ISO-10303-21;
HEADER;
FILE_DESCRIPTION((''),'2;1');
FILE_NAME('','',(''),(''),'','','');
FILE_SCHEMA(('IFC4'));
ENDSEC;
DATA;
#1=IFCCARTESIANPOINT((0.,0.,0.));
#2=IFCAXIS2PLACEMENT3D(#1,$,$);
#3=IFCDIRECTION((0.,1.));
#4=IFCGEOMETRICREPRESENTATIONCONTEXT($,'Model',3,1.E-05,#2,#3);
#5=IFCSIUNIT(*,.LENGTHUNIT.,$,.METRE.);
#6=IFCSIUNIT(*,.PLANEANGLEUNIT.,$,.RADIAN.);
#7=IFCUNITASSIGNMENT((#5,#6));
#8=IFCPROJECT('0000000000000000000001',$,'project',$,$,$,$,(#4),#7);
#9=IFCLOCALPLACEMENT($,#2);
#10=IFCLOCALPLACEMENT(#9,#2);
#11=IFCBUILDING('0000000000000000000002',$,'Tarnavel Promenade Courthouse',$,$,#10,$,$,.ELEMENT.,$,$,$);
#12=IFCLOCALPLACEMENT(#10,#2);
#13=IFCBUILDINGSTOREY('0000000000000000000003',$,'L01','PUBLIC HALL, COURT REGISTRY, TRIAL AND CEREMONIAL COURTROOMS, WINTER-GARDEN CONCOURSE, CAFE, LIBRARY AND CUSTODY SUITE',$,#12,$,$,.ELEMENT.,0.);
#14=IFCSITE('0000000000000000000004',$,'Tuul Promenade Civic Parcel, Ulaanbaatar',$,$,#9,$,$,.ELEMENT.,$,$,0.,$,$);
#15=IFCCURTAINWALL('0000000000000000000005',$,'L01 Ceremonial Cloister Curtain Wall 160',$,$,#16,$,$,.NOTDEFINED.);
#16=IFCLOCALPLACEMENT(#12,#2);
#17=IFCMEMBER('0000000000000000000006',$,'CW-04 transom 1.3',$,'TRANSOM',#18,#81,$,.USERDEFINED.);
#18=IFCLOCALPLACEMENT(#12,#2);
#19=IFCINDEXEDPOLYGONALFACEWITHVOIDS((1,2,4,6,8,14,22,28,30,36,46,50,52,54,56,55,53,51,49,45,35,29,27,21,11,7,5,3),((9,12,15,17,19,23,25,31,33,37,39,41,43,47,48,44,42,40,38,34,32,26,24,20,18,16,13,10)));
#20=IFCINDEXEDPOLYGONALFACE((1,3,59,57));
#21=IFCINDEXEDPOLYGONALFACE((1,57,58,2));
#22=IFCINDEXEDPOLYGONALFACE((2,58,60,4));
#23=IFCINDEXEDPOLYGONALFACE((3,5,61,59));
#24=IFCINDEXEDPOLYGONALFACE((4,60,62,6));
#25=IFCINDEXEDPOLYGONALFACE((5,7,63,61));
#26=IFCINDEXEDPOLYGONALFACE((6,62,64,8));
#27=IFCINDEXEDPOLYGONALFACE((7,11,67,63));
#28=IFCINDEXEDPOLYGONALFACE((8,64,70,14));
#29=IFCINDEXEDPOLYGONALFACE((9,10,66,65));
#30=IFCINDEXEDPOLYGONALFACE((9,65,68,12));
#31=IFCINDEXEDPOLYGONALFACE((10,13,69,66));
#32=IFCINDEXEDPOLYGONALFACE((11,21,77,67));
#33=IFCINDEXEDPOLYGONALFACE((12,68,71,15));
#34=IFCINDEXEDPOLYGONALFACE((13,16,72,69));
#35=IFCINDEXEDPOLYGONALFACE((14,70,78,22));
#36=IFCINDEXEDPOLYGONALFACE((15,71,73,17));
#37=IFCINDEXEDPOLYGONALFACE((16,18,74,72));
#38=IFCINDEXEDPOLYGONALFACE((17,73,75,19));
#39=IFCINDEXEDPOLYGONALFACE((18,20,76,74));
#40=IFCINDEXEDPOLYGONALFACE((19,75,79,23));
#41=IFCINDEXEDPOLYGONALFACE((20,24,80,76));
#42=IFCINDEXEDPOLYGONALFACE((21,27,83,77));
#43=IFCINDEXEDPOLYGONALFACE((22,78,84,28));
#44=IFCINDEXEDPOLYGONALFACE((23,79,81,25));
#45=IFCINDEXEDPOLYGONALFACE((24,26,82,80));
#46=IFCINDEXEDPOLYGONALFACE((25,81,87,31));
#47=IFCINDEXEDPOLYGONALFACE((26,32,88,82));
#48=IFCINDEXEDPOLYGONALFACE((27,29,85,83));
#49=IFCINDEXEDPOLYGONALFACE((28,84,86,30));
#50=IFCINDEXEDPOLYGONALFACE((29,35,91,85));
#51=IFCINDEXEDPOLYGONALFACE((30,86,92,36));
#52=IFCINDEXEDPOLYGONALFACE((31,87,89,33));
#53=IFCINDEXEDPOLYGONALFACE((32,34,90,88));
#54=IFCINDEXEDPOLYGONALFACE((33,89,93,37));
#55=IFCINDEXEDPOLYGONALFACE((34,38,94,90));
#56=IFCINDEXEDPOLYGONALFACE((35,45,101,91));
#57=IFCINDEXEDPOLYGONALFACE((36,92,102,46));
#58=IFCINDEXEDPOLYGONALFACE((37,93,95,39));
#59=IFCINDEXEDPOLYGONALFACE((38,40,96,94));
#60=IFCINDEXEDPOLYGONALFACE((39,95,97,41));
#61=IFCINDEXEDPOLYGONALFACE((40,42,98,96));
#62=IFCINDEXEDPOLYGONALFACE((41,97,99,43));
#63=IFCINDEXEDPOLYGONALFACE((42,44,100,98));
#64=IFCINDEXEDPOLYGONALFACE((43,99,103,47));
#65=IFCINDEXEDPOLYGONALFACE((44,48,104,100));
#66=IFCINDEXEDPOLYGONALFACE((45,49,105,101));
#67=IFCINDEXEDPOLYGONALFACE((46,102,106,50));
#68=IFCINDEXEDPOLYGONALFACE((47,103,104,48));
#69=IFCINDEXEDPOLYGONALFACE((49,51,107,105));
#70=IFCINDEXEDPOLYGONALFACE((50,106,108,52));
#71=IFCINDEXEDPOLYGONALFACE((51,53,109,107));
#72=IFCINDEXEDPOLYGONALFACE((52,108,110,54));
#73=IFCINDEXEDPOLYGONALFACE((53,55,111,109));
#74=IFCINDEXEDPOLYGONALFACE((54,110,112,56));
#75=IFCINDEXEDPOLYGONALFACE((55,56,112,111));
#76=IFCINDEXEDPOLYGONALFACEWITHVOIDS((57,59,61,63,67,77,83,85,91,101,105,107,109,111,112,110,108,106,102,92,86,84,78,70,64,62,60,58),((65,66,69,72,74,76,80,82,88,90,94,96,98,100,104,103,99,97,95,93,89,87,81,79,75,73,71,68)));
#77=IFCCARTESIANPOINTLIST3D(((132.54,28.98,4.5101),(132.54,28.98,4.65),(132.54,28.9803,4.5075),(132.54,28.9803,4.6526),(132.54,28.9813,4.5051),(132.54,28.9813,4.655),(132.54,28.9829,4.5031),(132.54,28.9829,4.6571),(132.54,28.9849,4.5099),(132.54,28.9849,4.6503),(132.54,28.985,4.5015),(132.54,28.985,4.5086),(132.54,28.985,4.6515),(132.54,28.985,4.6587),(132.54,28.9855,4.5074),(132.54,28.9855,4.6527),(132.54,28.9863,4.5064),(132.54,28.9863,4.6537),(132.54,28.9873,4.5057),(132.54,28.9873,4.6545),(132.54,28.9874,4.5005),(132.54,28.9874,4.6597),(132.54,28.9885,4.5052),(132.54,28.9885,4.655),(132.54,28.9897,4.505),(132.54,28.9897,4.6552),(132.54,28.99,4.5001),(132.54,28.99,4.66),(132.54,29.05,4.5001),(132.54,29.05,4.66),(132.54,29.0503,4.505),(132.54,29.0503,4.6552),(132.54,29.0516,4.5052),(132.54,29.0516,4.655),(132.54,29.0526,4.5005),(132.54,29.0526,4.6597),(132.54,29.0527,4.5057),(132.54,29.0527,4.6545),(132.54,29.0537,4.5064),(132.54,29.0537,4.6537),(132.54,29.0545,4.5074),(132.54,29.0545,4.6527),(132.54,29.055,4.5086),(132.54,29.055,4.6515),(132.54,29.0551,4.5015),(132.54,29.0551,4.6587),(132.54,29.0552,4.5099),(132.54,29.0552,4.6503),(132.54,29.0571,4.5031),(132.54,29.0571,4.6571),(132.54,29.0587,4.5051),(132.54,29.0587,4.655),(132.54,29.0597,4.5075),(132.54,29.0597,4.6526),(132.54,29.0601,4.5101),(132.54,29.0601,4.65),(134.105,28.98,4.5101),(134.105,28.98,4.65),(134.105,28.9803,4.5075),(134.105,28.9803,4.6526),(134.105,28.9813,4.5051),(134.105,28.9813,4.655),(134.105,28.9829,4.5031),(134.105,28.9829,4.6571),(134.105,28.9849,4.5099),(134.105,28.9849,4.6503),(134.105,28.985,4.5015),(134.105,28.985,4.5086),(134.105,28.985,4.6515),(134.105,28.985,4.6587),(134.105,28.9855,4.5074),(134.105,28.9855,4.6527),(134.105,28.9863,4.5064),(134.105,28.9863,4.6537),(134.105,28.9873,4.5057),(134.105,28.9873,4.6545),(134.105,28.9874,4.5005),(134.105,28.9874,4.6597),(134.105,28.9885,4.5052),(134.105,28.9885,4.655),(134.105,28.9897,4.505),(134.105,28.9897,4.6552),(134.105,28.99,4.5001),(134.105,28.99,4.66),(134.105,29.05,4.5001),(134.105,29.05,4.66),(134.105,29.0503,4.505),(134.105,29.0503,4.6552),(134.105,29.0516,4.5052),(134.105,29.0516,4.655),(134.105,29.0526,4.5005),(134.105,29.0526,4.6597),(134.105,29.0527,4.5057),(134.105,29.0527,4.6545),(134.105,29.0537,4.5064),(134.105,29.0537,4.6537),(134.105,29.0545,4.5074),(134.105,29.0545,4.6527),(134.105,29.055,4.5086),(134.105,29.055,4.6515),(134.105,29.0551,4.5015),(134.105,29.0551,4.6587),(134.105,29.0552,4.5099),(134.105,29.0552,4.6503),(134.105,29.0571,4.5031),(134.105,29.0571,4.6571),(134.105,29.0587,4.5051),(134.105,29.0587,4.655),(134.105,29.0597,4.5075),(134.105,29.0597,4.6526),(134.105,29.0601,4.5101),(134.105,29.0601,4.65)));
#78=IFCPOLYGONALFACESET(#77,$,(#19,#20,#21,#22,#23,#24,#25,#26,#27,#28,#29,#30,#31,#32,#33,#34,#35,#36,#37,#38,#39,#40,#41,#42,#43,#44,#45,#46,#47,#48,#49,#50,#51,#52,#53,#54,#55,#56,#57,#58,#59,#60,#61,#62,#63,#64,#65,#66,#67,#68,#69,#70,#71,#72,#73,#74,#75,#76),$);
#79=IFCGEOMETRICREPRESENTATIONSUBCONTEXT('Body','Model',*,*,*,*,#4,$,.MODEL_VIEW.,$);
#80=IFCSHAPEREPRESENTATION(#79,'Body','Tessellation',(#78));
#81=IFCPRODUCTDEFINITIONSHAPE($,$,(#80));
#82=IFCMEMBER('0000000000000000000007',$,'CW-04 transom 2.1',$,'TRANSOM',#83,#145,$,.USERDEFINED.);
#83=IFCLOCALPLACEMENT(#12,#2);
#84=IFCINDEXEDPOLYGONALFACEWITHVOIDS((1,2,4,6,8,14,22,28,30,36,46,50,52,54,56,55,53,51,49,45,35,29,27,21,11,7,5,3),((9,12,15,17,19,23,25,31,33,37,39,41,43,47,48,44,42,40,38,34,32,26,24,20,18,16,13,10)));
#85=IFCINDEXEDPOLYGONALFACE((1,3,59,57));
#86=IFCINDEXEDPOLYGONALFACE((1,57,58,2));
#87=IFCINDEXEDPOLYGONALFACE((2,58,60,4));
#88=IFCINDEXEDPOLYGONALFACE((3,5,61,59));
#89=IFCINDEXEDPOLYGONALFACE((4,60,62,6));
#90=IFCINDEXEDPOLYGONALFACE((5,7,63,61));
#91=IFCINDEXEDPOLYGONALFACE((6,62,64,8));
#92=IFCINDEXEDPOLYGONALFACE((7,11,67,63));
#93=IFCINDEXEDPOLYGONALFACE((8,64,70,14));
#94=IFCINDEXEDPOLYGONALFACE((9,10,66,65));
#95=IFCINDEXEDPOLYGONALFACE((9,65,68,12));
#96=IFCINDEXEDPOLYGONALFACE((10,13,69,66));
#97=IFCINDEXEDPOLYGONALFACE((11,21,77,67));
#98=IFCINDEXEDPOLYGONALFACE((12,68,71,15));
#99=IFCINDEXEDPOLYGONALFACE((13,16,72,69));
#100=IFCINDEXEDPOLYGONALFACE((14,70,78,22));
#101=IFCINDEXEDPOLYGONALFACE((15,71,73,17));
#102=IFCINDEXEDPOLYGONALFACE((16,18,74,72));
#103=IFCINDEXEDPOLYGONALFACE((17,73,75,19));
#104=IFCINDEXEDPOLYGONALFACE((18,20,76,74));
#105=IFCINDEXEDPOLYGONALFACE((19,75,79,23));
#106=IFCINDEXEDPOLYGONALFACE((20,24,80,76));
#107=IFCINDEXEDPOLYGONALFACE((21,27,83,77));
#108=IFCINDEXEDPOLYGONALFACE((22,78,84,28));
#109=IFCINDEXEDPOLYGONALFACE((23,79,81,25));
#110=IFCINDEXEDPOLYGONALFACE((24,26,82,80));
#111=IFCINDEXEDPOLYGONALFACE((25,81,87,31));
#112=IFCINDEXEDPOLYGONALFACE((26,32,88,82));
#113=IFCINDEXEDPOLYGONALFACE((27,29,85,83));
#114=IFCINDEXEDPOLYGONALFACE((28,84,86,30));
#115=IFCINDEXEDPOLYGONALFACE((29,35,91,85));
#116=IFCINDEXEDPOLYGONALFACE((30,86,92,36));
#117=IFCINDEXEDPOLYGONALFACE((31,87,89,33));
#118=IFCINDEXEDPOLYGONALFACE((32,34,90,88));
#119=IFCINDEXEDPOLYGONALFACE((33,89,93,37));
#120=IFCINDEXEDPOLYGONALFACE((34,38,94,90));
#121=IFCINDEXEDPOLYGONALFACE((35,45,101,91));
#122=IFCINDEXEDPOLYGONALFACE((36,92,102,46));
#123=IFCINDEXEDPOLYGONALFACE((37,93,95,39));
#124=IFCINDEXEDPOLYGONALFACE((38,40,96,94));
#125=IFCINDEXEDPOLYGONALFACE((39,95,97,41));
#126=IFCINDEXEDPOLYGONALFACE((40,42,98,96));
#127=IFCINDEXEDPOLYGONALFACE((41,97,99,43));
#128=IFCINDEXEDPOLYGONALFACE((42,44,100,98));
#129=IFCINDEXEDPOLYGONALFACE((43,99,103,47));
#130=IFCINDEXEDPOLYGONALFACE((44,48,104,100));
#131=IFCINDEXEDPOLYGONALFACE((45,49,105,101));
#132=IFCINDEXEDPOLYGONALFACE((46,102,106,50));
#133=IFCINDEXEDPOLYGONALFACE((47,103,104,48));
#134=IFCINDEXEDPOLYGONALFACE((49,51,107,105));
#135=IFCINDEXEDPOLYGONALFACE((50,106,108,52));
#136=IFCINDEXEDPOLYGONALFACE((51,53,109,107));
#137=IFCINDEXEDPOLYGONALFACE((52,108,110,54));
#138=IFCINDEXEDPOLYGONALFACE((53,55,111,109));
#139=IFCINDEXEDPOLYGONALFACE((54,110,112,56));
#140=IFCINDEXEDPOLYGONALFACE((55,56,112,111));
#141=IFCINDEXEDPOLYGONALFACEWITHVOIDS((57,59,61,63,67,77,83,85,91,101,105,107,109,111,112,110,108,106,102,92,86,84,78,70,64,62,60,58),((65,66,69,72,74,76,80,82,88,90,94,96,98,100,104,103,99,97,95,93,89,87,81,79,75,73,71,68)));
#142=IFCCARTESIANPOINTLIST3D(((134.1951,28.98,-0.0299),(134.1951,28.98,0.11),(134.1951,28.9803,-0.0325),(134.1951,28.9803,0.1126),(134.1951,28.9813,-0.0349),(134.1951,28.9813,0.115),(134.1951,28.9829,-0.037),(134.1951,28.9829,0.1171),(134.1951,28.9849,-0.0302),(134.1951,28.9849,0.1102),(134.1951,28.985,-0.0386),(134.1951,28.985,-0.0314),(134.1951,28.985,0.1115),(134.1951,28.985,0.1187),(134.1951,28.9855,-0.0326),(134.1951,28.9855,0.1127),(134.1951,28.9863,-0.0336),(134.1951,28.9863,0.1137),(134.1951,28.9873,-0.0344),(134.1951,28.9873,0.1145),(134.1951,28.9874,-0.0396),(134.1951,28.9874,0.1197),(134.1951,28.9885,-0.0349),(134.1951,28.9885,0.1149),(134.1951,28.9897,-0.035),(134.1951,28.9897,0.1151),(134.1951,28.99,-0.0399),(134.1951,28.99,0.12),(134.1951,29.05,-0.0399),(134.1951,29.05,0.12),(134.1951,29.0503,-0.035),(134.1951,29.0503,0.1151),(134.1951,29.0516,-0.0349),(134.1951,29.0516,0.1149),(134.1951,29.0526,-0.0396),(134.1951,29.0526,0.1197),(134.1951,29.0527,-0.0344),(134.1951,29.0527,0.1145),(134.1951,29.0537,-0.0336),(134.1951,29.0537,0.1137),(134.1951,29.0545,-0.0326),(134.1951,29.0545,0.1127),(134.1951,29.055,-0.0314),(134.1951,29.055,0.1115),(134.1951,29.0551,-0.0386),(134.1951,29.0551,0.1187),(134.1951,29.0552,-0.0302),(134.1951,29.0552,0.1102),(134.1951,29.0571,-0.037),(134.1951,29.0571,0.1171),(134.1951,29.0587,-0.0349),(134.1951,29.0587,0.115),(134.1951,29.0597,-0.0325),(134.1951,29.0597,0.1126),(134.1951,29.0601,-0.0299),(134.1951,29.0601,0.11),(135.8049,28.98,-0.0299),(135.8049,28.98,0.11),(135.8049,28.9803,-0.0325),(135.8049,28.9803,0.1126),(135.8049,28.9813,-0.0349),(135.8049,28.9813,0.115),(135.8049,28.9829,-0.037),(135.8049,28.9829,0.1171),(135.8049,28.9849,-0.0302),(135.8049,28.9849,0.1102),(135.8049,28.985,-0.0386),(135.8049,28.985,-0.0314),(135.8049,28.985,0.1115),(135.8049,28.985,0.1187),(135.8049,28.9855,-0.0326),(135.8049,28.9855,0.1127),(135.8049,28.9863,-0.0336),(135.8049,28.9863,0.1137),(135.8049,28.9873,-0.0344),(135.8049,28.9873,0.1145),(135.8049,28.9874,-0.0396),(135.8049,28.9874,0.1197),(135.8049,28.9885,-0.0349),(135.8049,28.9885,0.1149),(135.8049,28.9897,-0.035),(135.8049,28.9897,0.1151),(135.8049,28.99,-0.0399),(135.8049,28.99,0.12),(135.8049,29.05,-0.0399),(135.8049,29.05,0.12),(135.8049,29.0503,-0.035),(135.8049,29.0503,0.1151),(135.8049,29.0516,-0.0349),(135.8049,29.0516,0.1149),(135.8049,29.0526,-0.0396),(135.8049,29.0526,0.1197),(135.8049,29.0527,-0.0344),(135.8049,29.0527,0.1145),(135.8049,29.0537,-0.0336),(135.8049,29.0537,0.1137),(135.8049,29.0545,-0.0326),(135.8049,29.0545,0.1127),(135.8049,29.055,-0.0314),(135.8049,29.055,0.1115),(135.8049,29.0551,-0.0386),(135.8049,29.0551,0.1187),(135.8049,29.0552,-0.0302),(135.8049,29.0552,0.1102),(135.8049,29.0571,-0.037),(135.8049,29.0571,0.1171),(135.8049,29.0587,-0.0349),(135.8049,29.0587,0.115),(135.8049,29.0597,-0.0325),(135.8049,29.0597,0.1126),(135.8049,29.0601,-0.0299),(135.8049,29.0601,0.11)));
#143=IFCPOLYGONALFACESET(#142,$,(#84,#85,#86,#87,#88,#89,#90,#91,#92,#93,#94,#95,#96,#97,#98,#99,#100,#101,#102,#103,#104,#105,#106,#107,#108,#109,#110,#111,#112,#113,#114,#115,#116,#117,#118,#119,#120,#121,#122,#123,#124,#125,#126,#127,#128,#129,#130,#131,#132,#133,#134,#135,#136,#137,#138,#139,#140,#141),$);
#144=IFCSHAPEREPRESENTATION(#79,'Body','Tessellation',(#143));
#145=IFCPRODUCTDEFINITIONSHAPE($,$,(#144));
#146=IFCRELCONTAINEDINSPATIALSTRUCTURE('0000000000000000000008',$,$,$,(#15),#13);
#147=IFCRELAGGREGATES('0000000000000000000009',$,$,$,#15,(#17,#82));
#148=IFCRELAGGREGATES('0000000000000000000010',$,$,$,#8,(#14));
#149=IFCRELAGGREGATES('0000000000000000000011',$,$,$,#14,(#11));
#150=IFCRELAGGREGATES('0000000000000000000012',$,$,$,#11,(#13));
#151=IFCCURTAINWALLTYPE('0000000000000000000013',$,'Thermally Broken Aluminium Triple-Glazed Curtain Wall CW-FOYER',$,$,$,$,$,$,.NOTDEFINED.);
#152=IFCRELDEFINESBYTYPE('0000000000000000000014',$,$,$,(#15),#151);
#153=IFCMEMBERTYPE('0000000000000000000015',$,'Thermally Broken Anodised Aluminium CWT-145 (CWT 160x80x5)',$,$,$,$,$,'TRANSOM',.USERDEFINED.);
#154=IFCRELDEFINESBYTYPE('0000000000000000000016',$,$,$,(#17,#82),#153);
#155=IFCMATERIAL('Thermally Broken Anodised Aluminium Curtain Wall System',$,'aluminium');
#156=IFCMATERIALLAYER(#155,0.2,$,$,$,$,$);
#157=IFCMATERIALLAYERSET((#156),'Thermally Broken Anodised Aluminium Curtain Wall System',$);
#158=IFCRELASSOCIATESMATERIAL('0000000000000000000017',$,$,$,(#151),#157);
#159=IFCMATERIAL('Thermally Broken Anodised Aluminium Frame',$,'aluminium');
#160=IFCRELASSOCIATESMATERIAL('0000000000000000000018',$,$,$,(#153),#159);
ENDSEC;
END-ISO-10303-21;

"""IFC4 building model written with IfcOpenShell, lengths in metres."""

from ifc_helpers import new_model, si_unit, direction, frame, origin, origin_2d, place, context, subcontext, project, spatial, hollow_rectangle, extrude, material, layer, layer_set, material_profile, profile_set, type_object, element, aggregate, save


model = new_model("IFC4")

# Units and contexts
model_context = context("Model", 3, precision=1e-05, world=origin(), true_north=direction((0.0, 1.0)))
body_context = subcontext(model_context, "Body", "Model", "MODEL_VIEW")
ifc_project = project(units=[si_unit("LENGTHUNIT", "METRE"), si_unit("PLANEANGLEUNIT", "RADIAN")], contexts=[model_context])

# Site, building, storey
site_placement = place(None, origin())
site = spatial("IfcSite", under=ifc_project, at=site_placement, Name="Tuul Promenade Civic Parcel, Ulaanbaatar", CompositionType="ELEMENT", RefElevation=0.0)
building_placement = place(site_placement, origin())
building = spatial("IfcBuilding", under=site, at=building_placement, Name="Tarnavel Promenade Courthouse", CompositionType="ELEMENT")
storey_placement = place(building_placement, origin())
storey = spatial("IfcBuildingStorey", under=building, at=storey_placement, Name="L01", Description="PUBLIC HALL, COURT REGISTRY, TRIAL AND CEREMONIAL COURTROOMS, WINTER-GARDEN CONCOURSE, CAFE, LIBRARY AND CUSTODY SUITE", CompositionType="ELEMENT", Elevation=0.0)

# Shared definitions
ifc_material_1 = material(Name="Thermally Broken Anodised Aluminium Curtain Wall System", Category="aluminium")
ifc_layer_1 = layer(ifc_material_1, 0.2)
ifc_layer_set_1 = layer_set([ifc_layer_1], Name="Thermally Broken Anodised Aluminium Curtain Wall System")
curtain_wall_type = type_object("IfcCurtainWallType", Name="Thermally Broken Aluminium Triple-Glazed Curtain Wall CW-FOYER", PredefinedType="NOTDEFINED", material=ifc_layer_set_1)
ifc_material_2 = material(Name="Thermally Broken Anodised Aluminium Frame", Category="aluminium")

# Curtain wall
curtain_wall_1_placement = place(storey_placement, origin())
curtain_wall_1 = element("IfcCurtainWall", 1, at=curtain_wall_1_placement, inside=storey, type_object=curtain_wall_type, Name="L01 Ceremonial Cloister Curtain Wall 160", PredefinedType="NOTDEFINED")

# Members
ifc_material_profile_1 = material_profile(ifc_material_2, hollow_rectangle(XDim=0.0801, YDim=0.1599, WallThickness=0.0049, InnerFilletRadius=0.0049, OuterFilletRadius=0.01, at=origin_2d()), Name="CWT 160x80x5")
ifc_profile_set_1 = profile_set([ifc_material_profile_1], Name="Thermally Broken Anodised Aluminium Frame")
member_type_1 = type_object("IfcMemberType", Name="Thermally Broken Anodised Aluminium CWT-145 (CWT 160x80x5)", ElementType="TRANSOM", PredefinedType="USERDEFINED", material=ifc_profile_set_1)
member_1_placement = place(storey_placement, frame((132.54, 29.02, 4.5801), z_axis=(1.0, 0.0, 0.0), x_axis=(0.0, 1.0, 0.0)))
member_1 = element("IfcMember", 2, at=member_1_placement, type_object=member_type_1, Name="CW-04 transom 1.3", ObjectType="TRANSOM", PredefinedType="USERDEFINED", context=body_context, shape_type="SweptSolid", body=[
    extrude(hollow_rectangle(XDim=0.0801, YDim=0.1599, WallThickness=0.0049, InnerFilletRadius=0.0049, OuterFilletRadius=0.01, at=origin_2d()), origin(), (0.0, 0.0, 1.0), 1.5649),
])
member_2_placement = place(storey_placement, frame((134.1951, 29.02, 0.04), z_axis=(1.0, 0.0, 0.0), x_axis=(0.0, 1.0, 0.0)))
member_2 = element("IfcMember", 3, at=member_2_placement, type_object=member_type_1, Name="CW-04 transom 2.1", ObjectType="TRANSOM", PredefinedType="USERDEFINED", context=body_context, shape_type="SweptSolid", body=[
    extrude(hollow_rectangle(XDim=0.0801, YDim=0.1599, WallThickness=0.0049, InnerFilletRadius=0.0049, OuterFilletRadius=0.01, at=origin_2d()), origin(), (0.0, 0.0, 1.0), 1.6099),
])

aggregate(curtain_wall_1, [member_1, member_2])

save(model, "model.ifc")
